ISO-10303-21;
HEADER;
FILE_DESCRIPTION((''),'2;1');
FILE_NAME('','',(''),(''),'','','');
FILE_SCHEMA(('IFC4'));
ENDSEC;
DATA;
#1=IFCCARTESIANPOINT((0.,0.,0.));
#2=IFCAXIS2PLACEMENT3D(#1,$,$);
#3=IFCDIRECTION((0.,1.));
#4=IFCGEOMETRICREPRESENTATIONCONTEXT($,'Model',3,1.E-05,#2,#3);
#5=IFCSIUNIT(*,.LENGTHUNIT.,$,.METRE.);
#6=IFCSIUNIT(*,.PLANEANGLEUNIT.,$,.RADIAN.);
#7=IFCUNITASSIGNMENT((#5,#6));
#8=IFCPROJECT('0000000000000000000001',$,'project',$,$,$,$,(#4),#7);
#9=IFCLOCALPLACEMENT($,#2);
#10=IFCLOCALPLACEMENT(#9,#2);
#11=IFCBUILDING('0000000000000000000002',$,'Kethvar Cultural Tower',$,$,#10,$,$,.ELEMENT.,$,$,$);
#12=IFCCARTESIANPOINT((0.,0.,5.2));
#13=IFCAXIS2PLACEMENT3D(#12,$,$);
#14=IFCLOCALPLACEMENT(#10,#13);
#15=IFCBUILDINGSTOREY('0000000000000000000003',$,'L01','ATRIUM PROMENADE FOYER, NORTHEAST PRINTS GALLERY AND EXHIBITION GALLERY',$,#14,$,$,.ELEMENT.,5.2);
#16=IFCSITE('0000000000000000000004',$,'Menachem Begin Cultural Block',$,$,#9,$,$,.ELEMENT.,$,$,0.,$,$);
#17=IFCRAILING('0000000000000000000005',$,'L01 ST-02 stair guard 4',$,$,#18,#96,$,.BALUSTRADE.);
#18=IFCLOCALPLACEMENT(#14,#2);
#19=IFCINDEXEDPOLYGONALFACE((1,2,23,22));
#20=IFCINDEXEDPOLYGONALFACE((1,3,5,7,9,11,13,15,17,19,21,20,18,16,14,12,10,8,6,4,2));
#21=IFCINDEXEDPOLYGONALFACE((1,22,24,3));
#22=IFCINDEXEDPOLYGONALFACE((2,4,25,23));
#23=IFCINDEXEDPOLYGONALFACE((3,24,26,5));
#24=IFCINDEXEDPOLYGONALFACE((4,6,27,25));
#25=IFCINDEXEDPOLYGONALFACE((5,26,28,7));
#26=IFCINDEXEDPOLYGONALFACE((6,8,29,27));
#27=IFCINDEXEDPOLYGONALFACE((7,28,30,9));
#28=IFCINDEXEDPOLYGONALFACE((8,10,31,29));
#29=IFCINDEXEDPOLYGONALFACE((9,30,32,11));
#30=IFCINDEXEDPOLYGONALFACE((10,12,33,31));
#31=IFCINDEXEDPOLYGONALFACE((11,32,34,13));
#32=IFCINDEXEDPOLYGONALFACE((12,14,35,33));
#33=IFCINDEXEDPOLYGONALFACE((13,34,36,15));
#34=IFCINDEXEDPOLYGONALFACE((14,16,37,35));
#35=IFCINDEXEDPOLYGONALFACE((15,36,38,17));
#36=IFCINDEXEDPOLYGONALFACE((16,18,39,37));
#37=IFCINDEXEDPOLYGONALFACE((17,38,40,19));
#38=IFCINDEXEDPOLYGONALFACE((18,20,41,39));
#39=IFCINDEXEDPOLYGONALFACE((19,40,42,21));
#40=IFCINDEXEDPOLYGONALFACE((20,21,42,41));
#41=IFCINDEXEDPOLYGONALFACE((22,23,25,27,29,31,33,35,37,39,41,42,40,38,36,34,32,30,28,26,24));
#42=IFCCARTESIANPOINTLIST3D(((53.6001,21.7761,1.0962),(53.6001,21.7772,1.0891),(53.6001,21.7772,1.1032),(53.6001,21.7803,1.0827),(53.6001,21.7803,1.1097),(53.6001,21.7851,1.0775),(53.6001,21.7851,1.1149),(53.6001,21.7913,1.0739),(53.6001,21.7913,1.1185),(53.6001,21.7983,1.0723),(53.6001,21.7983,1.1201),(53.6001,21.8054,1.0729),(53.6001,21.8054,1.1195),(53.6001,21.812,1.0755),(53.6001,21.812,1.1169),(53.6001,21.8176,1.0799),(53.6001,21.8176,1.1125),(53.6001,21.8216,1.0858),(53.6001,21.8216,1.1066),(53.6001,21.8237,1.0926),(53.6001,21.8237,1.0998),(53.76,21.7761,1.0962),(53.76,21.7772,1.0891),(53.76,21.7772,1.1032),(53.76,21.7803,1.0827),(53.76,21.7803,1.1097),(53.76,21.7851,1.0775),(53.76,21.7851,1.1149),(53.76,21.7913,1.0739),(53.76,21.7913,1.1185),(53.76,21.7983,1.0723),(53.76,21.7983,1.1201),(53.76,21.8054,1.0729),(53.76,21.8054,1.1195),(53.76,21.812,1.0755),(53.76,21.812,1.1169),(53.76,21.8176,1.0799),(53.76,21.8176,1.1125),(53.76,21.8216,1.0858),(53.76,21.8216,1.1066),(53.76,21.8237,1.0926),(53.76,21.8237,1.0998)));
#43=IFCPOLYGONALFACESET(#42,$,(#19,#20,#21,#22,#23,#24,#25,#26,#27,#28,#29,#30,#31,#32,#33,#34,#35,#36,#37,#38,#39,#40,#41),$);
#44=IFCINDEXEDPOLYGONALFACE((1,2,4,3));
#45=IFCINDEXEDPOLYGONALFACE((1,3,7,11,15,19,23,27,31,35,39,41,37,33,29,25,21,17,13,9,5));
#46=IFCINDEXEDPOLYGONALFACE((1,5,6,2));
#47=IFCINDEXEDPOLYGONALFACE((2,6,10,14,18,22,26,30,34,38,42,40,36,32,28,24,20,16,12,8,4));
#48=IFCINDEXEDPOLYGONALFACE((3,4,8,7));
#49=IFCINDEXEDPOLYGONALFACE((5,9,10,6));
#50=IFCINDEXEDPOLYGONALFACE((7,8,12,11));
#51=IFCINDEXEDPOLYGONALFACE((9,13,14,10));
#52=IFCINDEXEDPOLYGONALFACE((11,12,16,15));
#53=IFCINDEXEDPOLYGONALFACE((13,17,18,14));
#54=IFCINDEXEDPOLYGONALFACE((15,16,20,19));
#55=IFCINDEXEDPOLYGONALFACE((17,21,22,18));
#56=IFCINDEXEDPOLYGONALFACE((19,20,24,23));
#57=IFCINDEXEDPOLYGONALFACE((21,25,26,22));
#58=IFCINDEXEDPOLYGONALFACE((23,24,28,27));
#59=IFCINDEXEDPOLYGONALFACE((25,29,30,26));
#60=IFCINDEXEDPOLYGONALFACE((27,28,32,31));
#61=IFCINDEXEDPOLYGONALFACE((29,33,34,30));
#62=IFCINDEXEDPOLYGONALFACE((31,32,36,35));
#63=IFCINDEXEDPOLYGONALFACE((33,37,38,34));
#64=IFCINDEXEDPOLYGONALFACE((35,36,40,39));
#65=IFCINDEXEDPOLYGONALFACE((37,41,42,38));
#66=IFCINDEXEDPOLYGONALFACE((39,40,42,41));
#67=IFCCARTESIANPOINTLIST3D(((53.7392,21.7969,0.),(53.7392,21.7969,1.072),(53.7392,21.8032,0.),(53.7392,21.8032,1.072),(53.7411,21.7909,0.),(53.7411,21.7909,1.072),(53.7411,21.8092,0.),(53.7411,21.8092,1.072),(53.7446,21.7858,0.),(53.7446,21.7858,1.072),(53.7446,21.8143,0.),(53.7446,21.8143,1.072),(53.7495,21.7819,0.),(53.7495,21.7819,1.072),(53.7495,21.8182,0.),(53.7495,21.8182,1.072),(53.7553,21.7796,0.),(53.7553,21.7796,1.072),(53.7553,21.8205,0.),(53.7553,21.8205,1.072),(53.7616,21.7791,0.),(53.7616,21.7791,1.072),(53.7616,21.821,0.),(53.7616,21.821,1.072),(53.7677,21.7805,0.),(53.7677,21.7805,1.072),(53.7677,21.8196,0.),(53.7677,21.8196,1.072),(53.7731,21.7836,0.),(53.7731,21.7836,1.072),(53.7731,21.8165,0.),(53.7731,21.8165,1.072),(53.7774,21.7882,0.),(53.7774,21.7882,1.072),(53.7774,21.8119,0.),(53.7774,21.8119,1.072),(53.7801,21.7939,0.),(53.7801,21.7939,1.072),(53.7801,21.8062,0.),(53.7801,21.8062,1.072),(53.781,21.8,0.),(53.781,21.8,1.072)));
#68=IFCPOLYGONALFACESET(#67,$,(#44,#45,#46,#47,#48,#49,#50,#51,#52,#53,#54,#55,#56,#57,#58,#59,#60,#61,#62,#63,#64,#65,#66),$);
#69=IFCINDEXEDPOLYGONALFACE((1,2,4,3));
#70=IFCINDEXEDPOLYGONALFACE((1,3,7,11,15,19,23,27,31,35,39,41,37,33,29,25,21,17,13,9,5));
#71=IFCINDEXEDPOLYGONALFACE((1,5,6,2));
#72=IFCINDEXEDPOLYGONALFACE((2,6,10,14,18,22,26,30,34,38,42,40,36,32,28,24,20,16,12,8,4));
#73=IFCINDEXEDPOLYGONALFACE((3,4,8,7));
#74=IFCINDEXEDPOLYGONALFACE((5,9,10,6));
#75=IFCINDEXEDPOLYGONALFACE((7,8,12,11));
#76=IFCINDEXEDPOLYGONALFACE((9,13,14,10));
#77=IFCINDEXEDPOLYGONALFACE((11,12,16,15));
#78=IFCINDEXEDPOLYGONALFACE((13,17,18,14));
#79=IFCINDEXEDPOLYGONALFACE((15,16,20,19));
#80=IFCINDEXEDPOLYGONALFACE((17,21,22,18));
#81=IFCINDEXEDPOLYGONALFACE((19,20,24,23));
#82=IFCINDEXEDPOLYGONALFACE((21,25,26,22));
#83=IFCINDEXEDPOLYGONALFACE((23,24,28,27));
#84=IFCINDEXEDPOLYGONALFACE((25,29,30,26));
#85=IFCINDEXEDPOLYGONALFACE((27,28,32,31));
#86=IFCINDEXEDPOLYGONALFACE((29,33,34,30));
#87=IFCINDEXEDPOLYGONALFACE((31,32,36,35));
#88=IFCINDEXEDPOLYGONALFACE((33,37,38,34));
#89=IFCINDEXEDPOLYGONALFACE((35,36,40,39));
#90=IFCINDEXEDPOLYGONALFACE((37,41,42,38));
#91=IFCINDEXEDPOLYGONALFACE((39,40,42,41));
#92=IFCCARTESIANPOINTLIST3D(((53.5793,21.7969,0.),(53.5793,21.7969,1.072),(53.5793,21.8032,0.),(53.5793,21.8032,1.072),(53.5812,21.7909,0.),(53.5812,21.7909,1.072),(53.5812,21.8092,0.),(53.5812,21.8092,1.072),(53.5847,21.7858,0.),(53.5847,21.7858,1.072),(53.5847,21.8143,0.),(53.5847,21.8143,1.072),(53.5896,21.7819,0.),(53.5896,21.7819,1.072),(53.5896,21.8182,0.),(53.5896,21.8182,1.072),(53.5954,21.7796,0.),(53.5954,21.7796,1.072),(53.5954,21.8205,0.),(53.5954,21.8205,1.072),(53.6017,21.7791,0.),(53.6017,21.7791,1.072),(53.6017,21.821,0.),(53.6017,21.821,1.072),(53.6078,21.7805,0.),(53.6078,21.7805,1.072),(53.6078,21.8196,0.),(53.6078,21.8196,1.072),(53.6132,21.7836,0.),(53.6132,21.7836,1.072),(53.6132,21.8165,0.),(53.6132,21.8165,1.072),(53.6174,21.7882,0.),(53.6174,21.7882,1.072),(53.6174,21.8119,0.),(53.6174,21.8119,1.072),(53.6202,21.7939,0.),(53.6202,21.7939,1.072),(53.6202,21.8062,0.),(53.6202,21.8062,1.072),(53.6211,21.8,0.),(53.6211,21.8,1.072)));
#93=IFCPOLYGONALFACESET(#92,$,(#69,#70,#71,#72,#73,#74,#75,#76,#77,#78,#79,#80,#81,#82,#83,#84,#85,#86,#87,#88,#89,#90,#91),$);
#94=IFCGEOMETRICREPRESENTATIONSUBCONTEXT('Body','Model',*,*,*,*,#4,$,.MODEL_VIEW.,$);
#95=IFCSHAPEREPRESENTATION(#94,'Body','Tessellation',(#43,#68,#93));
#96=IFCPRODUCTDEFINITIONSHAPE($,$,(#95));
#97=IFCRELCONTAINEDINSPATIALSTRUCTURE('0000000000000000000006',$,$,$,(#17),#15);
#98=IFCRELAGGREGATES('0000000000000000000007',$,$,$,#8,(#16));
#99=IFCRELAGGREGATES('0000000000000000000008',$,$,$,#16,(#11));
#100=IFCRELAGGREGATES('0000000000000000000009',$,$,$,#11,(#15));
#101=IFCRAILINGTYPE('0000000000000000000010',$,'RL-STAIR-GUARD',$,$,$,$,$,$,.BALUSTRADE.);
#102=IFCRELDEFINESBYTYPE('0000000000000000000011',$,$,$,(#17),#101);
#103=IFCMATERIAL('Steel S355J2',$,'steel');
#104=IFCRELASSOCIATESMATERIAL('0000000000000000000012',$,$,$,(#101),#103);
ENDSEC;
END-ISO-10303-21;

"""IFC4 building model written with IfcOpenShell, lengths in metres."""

from ifc_helpers import new_model, si_unit, direction, frame, origin, origin_2d, place, context, subcontext, project, spatial, circle, extrude, material, type_object, element, save


model = new_model("IFC4")

# Units and contexts
model_context = context("Model", 3, precision=1e-05, world=origin(), true_north=direction((0.0, 1.0)))
body_context = subcontext(model_context, "Body", "Model", "MODEL_VIEW")
ifc_project = project(units=[si_unit("LENGTHUNIT", "METRE"), si_unit("PLANEANGLEUNIT", "RADIAN")], contexts=[model_context])

# Site, building, storey
site_placement = place(None, origin())
site = spatial("IfcSite", under=ifc_project, at=site_placement, Name="Menachem Begin Cultural Block", CompositionType="ELEMENT", RefElevation=0.0)
building_placement = place(site_placement, origin())
building = spatial("IfcBuilding", under=site, at=building_placement, Name="Kethvar Cultural Tower", CompositionType="ELEMENT")
storey_placement = place(building_placement, frame((0.0, 0.0, 5.2)))
storey = spatial("IfcBuildingStorey", under=building, at=storey_placement, Name="L01", Description="ATRIUM PROMENADE FOYER, NORTHEAST PRINTS GALLERY AND EXHIBITION GALLERY", CompositionType="ELEMENT", Elevation=5.2)

# Shared definitions
ifc_material_1 = material(Name="Steel S355J2", Category="steel")

# Railing
railing_type_1 = type_object("IfcRailingType", Name="RL-STAIR-GUARD", PredefinedType="BALUSTRADE", material=ifc_material_1)
railing_1_placement = place(storey_placement, frame((53.76, 21.8, 0.0)))
element("IfcRailing", 1, at=railing_1_placement, inside=storey, type_object=railing_type_1, Name="L01 ST-02 stair guard 4", PredefinedType="BALUSTRADE", context=body_context, shape_type="SweptSolid", body=[
    extrude(circle(Radius=0.0239, at=origin_2d()), frame((0.0, 0.0, 1.0962), z_axis=(-1.0, 0.0, 0.0), x_axis=(0.0, -1.0, 0.0)), (0.0, 0.0, 1.0), 0.1599),
    extrude(circle(Radius=0.021, at=origin_2d()), origin(), (0.0, 0.0, 1.0), 1.072),
    extrude(circle(Radius=0.021, at=origin_2d()), frame((-0.1599, 0.0, 0.0)), (0.0, 0.0, 1.0), 1.072),
])

save(model, "model.ifc")
